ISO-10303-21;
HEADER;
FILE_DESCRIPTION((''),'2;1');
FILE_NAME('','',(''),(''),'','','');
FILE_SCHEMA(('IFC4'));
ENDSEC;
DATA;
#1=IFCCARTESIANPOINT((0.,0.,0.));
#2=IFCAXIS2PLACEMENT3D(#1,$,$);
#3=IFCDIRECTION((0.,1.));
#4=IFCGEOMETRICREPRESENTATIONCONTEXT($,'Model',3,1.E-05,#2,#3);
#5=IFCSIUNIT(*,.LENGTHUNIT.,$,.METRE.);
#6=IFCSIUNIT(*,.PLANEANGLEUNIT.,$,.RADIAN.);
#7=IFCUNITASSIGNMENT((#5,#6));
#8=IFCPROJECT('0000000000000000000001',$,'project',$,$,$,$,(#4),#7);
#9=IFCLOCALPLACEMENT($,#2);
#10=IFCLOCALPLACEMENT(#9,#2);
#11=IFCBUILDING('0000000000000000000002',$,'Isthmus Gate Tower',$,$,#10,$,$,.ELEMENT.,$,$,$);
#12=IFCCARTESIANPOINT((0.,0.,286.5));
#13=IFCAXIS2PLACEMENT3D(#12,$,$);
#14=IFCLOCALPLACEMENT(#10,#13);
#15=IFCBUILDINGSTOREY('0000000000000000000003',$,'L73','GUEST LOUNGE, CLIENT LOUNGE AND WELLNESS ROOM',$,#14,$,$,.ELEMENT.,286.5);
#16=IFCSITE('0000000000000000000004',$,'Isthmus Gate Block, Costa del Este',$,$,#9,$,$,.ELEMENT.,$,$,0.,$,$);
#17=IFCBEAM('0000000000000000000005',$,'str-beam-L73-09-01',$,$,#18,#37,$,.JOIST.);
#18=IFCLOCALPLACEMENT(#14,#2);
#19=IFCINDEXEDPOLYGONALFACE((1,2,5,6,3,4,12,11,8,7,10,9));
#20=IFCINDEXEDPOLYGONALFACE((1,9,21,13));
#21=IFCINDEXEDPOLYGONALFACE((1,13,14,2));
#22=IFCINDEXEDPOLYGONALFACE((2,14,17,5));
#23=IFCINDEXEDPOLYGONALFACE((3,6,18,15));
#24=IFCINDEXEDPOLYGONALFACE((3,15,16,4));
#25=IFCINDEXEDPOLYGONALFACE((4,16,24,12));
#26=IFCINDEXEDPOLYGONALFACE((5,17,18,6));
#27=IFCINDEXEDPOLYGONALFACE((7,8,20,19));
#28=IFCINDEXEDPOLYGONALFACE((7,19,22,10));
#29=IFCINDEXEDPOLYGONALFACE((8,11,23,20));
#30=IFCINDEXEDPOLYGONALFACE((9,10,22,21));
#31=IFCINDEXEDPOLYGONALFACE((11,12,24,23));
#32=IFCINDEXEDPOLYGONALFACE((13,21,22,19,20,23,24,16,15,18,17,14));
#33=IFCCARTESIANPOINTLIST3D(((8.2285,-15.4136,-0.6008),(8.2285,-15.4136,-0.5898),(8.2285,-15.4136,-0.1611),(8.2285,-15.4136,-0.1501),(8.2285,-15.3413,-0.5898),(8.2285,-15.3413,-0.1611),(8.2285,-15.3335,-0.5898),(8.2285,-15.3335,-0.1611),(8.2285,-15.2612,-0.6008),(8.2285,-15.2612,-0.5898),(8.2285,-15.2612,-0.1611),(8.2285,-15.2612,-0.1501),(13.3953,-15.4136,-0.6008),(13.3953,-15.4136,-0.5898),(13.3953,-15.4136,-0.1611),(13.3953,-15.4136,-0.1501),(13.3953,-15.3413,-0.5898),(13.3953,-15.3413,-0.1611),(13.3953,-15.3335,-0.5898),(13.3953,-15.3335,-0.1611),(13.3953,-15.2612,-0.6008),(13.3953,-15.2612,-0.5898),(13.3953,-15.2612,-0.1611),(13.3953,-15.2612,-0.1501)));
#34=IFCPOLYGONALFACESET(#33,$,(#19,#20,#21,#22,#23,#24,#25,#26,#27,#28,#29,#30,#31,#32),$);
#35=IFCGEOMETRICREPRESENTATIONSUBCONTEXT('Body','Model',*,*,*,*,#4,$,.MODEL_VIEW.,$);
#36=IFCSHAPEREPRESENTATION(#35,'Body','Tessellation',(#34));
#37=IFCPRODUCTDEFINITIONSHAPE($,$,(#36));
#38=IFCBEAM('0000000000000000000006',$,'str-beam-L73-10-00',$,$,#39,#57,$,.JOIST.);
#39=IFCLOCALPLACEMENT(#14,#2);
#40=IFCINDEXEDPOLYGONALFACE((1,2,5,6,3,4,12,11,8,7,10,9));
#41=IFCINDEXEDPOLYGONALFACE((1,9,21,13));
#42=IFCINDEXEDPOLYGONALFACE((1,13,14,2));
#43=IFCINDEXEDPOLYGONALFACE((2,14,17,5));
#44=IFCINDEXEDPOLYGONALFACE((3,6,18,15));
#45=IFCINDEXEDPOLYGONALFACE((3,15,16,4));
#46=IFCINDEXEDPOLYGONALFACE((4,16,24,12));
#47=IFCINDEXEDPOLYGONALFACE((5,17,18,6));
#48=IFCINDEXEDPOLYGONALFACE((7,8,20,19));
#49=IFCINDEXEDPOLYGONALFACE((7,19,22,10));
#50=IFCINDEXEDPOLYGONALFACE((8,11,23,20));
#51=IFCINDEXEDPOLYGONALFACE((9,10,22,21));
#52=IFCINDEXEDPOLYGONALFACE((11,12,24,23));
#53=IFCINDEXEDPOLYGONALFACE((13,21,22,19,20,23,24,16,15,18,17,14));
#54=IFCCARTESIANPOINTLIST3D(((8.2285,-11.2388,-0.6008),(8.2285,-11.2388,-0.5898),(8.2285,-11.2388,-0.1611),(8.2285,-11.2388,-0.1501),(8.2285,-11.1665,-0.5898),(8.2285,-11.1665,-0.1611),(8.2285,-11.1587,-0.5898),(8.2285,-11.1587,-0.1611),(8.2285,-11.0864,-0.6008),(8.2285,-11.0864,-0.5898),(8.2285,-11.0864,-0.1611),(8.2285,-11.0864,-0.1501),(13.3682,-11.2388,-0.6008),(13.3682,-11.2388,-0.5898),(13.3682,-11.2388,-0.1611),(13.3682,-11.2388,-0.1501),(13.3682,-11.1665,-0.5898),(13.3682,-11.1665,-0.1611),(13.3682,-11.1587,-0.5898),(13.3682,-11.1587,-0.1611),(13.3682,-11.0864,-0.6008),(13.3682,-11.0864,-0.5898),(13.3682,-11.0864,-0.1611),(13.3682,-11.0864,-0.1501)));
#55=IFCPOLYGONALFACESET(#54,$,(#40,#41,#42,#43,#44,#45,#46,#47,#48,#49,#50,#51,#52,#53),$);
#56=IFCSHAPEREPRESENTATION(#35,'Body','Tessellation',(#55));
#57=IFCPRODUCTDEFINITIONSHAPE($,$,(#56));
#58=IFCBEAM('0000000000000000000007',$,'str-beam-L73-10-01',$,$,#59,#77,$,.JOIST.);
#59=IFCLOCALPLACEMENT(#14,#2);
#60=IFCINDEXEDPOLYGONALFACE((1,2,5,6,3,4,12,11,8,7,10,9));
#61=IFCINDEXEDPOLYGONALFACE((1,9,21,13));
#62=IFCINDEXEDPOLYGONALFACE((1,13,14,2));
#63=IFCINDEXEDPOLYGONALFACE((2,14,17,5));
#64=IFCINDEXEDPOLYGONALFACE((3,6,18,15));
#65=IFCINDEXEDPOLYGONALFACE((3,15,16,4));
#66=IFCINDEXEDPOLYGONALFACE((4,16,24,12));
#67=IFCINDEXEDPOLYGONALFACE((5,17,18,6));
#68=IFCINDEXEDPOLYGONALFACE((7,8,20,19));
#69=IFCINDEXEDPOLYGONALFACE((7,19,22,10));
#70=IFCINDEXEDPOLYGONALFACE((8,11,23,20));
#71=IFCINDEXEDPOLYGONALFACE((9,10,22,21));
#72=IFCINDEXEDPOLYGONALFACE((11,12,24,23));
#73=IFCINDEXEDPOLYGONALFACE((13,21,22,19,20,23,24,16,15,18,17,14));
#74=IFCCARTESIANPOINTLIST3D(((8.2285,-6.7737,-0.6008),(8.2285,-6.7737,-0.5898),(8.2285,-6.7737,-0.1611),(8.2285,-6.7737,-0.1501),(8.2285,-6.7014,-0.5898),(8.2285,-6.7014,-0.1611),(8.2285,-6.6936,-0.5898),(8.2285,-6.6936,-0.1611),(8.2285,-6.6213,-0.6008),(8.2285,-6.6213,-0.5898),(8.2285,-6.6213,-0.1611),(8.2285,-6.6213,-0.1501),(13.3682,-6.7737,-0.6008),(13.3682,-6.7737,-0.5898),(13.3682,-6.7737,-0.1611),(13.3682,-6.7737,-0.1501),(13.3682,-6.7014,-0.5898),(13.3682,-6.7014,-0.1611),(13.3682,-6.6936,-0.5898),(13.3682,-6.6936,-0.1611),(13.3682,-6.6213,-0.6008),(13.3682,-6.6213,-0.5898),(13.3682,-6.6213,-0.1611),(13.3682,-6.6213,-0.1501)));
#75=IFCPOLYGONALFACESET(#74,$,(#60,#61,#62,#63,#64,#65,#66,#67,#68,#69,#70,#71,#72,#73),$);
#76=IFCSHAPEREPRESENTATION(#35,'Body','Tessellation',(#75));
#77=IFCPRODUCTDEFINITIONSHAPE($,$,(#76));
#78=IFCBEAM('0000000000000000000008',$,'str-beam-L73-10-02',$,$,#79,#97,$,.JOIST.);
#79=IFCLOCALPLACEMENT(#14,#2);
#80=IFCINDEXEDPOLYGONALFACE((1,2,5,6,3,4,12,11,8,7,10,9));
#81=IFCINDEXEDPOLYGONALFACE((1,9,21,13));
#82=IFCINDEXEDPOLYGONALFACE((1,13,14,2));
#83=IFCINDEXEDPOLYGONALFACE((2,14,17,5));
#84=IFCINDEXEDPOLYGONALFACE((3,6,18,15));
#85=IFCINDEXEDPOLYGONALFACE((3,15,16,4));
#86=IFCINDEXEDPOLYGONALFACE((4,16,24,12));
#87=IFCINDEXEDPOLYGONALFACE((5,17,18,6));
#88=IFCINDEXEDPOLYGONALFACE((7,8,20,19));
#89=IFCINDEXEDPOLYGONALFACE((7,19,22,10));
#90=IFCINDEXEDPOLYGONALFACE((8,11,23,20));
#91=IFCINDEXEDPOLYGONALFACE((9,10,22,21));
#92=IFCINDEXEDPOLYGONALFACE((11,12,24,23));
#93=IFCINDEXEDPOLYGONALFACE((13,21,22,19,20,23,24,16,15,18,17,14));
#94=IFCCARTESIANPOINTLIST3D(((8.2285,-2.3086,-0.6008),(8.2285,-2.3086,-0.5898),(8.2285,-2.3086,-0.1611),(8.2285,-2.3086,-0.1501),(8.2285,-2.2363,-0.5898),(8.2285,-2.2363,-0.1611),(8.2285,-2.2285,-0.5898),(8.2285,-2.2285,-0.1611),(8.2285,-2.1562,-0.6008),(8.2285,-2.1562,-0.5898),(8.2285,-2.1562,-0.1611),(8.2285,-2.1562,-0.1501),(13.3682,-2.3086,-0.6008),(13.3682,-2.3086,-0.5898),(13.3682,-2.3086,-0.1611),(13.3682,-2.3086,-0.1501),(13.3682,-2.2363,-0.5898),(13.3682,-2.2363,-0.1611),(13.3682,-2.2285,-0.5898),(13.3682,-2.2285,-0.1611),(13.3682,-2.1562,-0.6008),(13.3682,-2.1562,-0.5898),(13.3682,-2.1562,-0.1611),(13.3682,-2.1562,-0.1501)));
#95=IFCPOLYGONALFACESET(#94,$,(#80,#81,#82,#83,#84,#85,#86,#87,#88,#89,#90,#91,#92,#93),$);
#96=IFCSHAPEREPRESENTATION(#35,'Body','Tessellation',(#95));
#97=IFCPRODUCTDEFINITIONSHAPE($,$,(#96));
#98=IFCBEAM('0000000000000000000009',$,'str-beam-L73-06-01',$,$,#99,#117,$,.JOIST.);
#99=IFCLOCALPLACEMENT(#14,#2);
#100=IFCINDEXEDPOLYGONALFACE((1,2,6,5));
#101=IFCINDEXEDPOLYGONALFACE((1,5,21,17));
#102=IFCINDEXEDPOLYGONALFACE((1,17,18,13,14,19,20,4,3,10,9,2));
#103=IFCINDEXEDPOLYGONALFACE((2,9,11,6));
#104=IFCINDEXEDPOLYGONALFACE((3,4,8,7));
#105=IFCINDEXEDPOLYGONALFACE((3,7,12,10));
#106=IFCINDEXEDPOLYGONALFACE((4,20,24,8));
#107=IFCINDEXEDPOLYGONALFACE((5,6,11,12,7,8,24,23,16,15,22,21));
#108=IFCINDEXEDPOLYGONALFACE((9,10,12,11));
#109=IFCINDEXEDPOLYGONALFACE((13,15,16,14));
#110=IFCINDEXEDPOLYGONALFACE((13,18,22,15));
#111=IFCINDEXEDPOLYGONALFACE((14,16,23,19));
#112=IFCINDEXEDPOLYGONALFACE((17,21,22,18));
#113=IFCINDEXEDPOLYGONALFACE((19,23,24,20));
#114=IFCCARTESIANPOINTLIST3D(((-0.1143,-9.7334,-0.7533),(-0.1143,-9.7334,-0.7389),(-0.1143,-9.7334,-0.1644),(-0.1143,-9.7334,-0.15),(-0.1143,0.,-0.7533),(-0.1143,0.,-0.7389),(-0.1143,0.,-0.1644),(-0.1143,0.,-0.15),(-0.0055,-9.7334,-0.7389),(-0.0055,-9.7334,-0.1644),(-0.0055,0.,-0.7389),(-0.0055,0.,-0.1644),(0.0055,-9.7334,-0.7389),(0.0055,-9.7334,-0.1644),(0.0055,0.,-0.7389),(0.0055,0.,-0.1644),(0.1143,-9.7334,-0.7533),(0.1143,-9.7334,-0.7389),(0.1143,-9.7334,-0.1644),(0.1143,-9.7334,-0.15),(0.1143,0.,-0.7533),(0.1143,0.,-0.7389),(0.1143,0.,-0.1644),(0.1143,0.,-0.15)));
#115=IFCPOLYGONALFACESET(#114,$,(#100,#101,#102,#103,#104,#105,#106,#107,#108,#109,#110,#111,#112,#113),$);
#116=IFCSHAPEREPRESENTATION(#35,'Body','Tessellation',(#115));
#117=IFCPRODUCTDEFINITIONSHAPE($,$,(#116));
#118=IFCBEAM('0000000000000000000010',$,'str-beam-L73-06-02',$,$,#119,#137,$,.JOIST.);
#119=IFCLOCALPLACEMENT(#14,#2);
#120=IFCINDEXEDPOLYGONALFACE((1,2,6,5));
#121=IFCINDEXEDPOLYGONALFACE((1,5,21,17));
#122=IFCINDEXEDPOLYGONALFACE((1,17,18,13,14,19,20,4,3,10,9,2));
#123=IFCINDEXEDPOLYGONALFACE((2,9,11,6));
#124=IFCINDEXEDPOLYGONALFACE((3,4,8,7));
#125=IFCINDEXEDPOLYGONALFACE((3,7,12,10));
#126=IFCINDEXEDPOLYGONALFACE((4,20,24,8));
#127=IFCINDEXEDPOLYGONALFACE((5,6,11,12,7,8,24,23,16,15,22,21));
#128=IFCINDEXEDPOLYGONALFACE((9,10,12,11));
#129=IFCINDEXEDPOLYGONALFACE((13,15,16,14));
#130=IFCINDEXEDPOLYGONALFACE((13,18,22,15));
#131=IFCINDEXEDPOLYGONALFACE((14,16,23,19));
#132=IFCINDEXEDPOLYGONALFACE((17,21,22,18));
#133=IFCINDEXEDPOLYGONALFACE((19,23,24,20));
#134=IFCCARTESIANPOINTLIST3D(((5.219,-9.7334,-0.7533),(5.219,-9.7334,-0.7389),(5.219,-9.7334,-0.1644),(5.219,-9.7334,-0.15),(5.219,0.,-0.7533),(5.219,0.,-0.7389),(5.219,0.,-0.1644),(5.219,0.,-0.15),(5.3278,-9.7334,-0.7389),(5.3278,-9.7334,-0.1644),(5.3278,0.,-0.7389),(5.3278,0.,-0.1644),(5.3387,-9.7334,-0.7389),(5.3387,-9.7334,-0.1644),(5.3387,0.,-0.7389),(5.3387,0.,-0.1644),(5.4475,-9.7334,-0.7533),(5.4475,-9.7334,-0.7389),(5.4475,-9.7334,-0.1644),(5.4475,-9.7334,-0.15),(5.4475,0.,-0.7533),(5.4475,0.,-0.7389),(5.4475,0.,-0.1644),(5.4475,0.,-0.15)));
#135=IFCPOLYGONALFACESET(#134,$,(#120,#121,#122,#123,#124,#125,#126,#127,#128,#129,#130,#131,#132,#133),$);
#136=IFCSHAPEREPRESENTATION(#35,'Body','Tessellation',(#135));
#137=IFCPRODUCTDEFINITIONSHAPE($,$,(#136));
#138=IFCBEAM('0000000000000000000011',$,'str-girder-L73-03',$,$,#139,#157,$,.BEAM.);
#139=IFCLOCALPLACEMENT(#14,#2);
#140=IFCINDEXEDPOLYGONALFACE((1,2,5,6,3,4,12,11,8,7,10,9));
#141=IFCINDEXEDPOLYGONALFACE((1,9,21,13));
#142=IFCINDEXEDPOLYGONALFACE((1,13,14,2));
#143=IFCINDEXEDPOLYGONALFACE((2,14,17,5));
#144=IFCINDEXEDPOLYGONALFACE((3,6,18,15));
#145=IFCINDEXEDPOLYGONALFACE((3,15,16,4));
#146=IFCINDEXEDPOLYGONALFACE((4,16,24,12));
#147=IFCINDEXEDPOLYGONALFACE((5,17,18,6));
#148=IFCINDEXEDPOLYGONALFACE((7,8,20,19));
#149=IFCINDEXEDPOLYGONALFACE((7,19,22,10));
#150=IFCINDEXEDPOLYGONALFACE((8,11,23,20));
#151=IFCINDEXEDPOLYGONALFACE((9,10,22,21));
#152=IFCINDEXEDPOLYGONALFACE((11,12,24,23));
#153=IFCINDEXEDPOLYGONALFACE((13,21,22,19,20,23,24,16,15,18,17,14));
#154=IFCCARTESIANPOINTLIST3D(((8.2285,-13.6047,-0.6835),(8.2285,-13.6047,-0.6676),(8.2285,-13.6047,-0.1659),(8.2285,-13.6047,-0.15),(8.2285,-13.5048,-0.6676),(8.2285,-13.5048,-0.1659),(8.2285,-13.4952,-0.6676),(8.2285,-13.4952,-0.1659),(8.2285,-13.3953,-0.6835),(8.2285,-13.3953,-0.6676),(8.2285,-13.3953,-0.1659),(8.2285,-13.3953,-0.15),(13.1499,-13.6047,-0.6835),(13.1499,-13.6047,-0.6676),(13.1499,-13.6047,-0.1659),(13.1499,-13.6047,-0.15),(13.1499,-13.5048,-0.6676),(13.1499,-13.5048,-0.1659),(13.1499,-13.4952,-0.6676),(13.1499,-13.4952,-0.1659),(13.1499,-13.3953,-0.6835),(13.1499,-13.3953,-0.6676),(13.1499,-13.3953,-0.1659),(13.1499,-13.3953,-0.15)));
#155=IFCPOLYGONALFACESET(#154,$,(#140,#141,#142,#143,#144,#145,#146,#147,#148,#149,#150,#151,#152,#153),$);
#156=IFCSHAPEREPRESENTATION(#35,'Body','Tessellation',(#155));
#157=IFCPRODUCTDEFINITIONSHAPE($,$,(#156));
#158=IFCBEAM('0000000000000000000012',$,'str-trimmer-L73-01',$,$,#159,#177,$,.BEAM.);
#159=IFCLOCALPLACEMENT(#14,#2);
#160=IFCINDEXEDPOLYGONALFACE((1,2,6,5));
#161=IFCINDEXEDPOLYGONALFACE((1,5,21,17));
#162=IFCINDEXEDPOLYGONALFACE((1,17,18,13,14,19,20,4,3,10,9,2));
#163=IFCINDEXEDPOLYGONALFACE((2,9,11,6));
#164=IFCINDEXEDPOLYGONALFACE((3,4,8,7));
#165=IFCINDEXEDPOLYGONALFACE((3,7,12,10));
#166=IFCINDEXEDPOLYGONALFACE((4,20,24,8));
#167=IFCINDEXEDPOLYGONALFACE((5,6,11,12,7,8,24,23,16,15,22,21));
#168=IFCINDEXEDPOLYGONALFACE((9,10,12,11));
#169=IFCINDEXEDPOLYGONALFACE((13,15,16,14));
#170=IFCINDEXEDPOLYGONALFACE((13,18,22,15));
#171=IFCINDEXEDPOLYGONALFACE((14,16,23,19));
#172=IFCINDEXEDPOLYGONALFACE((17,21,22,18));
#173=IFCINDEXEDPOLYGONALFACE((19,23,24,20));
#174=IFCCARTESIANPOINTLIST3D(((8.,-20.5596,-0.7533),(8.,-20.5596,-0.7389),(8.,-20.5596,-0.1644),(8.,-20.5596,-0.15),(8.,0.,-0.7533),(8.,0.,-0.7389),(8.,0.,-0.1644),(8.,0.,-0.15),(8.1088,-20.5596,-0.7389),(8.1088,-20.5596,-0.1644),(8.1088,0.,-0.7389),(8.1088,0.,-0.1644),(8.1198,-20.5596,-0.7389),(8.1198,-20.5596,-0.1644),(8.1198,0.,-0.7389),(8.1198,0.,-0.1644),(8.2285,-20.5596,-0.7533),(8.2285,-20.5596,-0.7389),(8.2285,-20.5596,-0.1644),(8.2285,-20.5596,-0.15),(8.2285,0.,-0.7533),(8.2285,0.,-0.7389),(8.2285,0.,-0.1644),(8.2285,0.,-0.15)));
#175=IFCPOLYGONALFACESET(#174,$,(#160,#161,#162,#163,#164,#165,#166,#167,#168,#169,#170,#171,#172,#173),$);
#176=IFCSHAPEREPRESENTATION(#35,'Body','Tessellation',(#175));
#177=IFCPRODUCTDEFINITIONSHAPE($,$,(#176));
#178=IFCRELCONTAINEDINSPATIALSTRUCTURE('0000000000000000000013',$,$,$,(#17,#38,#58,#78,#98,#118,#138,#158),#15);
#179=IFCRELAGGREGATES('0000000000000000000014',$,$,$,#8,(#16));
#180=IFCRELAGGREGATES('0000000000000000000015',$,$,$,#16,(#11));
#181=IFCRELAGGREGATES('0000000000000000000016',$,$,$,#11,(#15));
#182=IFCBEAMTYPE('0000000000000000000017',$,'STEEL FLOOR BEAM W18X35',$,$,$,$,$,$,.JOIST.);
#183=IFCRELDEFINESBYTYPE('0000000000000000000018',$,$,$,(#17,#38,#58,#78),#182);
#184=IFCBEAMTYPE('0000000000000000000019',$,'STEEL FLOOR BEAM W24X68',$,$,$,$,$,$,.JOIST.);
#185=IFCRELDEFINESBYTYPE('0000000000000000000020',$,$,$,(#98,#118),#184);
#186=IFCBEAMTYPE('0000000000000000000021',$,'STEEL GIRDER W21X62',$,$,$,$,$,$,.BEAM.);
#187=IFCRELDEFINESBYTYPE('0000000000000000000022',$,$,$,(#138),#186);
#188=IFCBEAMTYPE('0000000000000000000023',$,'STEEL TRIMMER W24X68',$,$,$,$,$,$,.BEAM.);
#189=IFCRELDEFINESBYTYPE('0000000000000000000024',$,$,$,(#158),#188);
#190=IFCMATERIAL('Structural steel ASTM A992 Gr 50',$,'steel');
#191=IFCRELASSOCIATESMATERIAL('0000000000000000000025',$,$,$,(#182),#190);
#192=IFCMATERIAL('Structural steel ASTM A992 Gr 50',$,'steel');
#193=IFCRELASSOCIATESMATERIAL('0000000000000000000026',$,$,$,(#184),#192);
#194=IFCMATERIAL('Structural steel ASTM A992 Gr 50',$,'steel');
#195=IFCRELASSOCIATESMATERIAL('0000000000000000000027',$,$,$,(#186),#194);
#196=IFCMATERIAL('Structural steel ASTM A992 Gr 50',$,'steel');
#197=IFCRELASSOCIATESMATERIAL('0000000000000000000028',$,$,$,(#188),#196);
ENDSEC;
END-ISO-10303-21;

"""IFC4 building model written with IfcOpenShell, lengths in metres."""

from ifc_helpers import new_model, si_unit, direction, frame, origin, origin_2d, place, context, subcontext, project, spatial, i_section, extrude, material, material_profile, profile_set, type_object, element, save


model = new_model("IFC4")

# Units and contexts
model_context = context("Model", 3, precision=1e-05, world=origin(), true_north=direction((0.0, 1.0)))
body_context = subcontext(model_context, "Body", "Model", "MODEL_VIEW")
ifc_project = project(units=[si_unit("LENGTHUNIT", "METRE"), si_unit("PLANEANGLEUNIT", "RADIAN")], contexts=[model_context])

# Site, building, storey
site_placement = place(None, origin())
site = spatial("IfcSite", under=ifc_project, at=site_placement, Name="Isthmus Gate Block, Costa del Este", CompositionType="ELEMENT", RefElevation=0.0)
building_placement = place(site_placement, origin())
building = spatial("IfcBuilding", under=site, at=building_placement, Name="Isthmus Gate Tower", CompositionType="ELEMENT")
storey_placement = place(building_placement, frame((0.0, 0.0, 286.5)))
storey = spatial("IfcBuildingStorey", under=building, at=storey_placement, Name="L73", Description="GUEST LOUNGE, CLIENT LOUNGE AND WELLNESS ROOM", CompositionType="ELEMENT", Elevation=286.5)

# Beams
ifc_material_1 = material(Name="Structural steel ASTM A992 Gr 50", Category="steel")
ifc_material_profile_1 = material_profile(ifc_material_1, i_section(OverallWidth=0.1523, OverallDepth=0.4507, WebThickness=0.0078, FlangeThickness=0.011, at=origin_2d()), Name="W18X35")
ifc_profile_set_1 = profile_set([ifc_material_profile_1], Name="Structural steel ASTM A992 Gr 50")
beam_type_1 = type_object("IfcBeamType", Name="STEEL FLOOR BEAM W18X35", PredefinedType="JOIST", material=ifc_profile_set_1)
for number, where, z_axis, x_axis, name in (
    (1, (8.2285, -15.3374, -0.3755), (1.0, 0.0, 0.0), (0.0, 1.0, 0.0), "str-beam-L73-09-01"),
):
    element("IfcBeam", number, at=place(storey_placement, frame(where, z_axis=z_axis, x_axis=x_axis)), inside=storey, type_object=beam_type_1, Name=name, PredefinedType="JOIST", context=body_context, shape_type="SweptSolid", body=[
        extrude(i_section(OverallWidth=0.1523, OverallDepth=0.4507, WebThickness=0.0078, FlangeThickness=0.011, at=origin_2d()), origin(), (0.0, 0.0, 1.0), 5.1667),
    ])
for number, where, z_axis, x_axis, name in (
    (2, (8.2285, -11.1626, -0.3755), (1.0, 0.0, 0.0), (0.0, 1.0, 0.0), "str-beam-L73-10-00"),
    (3, (8.2285, -6.6975, -0.3755), (1.0, 0.0, 0.0), (0.0, 1.0, 0.0), "str-beam-L73-10-01"),
    (4, (8.2285, -2.2324, -0.3755), (1.0, 0.0, 0.0), (0.0, 1.0, 0.0), "str-beam-L73-10-02"),
):
    element("IfcBeam", number, at=place(storey_placement, frame(where, z_axis=z_axis, x_axis=x_axis)), inside=storey, type_object=beam_type_1, Name=name, PredefinedType="JOIST", context=body_context, shape_type="SweptSolid", body=[
        extrude(i_section(OverallWidth=0.1523, OverallDepth=0.4507, WebThickness=0.0078, FlangeThickness=0.011, at=origin_2d()), origin(), (0.0, 0.0, 1.0), 5.1396),
    ])
ifc_material_2 = material(Name="Structural steel ASTM A992 Gr 50", Category="steel")
ifc_material_profile_2 = material_profile(ifc_material_2, i_section(OverallWidth=0.2285, OverallDepth=0.6033, WebThickness=0.011, FlangeThickness=0.0144, at=origin_2d()), Name="W24X68")
ifc_profile_set_2 = profile_set([ifc_material_profile_2], Name="Structural steel ASTM A992 Gr 50")
beam_type_2 = type_object("IfcBeamType", Name="STEEL FLOOR BEAM W24X68", PredefinedType="JOIST", material=ifc_profile_set_2)
for number, where, z_axis, x_axis, name in (
    (5, (0.0, -9.7334, -0.4517), (0.0, 1.0, 0.0), (-1.0, 0.0, 0.0), "str-beam-L73-06-01"),
    (6, (5.3333, -9.7334, -0.4517), (0.0, 1.0, 0.0), (-1.0, 0.0, 0.0), "str-beam-L73-06-02"),
):
    element("IfcBeam", number, at=place(storey_placement, frame(where, z_axis=z_axis, x_axis=x_axis)), inside=storey, type_object=beam_type_2, Name=name, PredefinedType="JOIST", context=body_context, shape_type="SweptSolid", body=[
        extrude(i_section(OverallWidth=0.2285, OverallDepth=0.6033, WebThickness=0.011, FlangeThickness=0.0144, at=origin_2d()), origin(), (0.0, 0.0, 1.0), 9.7334),
    ])
ifc_material_3 = material(Name="Structural steel ASTM A992 Gr 50", Category="steel")
ifc_material_profile_3 = material_profile(ifc_material_3, i_section(OverallWidth=0.2095, OverallDepth=0.5334, WebThickness=0.0095, FlangeThickness=0.0159, at=origin_2d()), Name="W21X62")
ifc_profile_set_3 = profile_set([ifc_material_profile_3], Name="Structural steel ASTM A992 Gr 50")
beam_type_3 = type_object("IfcBeamType", Name="STEEL GIRDER W21X62", PredefinedType="BEAM", material=ifc_profile_set_3)
beam_1_placement = place(storey_placement, frame((8.2285, -13.5, -0.4167), z_axis=(1.0, 0.0, 0.0), x_axis=(0.0, 1.0, 0.0)))
element("IfcBeam", 7, at=beam_1_placement, inside=storey, type_object=beam_type_3, Name="str-girder-L73-03", PredefinedType="BEAM", context=body_context, shape_type="SweptSolid", body=[
    extrude(i_section(OverallWidth=0.2095, OverallDepth=0.5334, WebThickness=0.0095, FlangeThickness=0.0159, at=origin_2d()), origin(), (0.0, 0.0, 1.0), 4.9214),
])
ifc_material_4 = material(Name="Structural steel ASTM A992 Gr 50", Category="steel")
ifc_material_profile_4 = material_profile(ifc_material_4, i_section(OverallWidth=0.2285, OverallDepth=0.6033, WebThickness=0.011, FlangeThickness=0.0144, at=origin_2d()), Name="W24X68")
ifc_profile_set_4 = profile_set([ifc_material_profile_4], Name="Structural steel ASTM A992 Gr 50")
beam_type_4 = type_object("IfcBeamType", Name="STEEL TRIMMER W24X68", PredefinedType="BEAM", material=ifc_profile_set_4)
beam_2_placement = place(storey_placement, frame((8.1143, -20.5596, -0.4517), z_axis=(0.0, 1.0, 0.0), x_axis=(-1.0, 0.0, 0.0)))
element("IfcBeam", 8, at=beam_2_placement, inside=storey, type_object=beam_type_4, Name="str-trimmer-L73-01", PredefinedType="BEAM", context=body_context, shape_type="SweptSolid", body=[
    extrude(i_section(OverallWidth=0.2285, OverallDepth=0.6033, WebThickness=0.011, FlangeThickness=0.0144, at=origin_2d()), origin(), (0.0, 0.0, 1.0), 20.5596),
])

save(model, "model.ifc")
